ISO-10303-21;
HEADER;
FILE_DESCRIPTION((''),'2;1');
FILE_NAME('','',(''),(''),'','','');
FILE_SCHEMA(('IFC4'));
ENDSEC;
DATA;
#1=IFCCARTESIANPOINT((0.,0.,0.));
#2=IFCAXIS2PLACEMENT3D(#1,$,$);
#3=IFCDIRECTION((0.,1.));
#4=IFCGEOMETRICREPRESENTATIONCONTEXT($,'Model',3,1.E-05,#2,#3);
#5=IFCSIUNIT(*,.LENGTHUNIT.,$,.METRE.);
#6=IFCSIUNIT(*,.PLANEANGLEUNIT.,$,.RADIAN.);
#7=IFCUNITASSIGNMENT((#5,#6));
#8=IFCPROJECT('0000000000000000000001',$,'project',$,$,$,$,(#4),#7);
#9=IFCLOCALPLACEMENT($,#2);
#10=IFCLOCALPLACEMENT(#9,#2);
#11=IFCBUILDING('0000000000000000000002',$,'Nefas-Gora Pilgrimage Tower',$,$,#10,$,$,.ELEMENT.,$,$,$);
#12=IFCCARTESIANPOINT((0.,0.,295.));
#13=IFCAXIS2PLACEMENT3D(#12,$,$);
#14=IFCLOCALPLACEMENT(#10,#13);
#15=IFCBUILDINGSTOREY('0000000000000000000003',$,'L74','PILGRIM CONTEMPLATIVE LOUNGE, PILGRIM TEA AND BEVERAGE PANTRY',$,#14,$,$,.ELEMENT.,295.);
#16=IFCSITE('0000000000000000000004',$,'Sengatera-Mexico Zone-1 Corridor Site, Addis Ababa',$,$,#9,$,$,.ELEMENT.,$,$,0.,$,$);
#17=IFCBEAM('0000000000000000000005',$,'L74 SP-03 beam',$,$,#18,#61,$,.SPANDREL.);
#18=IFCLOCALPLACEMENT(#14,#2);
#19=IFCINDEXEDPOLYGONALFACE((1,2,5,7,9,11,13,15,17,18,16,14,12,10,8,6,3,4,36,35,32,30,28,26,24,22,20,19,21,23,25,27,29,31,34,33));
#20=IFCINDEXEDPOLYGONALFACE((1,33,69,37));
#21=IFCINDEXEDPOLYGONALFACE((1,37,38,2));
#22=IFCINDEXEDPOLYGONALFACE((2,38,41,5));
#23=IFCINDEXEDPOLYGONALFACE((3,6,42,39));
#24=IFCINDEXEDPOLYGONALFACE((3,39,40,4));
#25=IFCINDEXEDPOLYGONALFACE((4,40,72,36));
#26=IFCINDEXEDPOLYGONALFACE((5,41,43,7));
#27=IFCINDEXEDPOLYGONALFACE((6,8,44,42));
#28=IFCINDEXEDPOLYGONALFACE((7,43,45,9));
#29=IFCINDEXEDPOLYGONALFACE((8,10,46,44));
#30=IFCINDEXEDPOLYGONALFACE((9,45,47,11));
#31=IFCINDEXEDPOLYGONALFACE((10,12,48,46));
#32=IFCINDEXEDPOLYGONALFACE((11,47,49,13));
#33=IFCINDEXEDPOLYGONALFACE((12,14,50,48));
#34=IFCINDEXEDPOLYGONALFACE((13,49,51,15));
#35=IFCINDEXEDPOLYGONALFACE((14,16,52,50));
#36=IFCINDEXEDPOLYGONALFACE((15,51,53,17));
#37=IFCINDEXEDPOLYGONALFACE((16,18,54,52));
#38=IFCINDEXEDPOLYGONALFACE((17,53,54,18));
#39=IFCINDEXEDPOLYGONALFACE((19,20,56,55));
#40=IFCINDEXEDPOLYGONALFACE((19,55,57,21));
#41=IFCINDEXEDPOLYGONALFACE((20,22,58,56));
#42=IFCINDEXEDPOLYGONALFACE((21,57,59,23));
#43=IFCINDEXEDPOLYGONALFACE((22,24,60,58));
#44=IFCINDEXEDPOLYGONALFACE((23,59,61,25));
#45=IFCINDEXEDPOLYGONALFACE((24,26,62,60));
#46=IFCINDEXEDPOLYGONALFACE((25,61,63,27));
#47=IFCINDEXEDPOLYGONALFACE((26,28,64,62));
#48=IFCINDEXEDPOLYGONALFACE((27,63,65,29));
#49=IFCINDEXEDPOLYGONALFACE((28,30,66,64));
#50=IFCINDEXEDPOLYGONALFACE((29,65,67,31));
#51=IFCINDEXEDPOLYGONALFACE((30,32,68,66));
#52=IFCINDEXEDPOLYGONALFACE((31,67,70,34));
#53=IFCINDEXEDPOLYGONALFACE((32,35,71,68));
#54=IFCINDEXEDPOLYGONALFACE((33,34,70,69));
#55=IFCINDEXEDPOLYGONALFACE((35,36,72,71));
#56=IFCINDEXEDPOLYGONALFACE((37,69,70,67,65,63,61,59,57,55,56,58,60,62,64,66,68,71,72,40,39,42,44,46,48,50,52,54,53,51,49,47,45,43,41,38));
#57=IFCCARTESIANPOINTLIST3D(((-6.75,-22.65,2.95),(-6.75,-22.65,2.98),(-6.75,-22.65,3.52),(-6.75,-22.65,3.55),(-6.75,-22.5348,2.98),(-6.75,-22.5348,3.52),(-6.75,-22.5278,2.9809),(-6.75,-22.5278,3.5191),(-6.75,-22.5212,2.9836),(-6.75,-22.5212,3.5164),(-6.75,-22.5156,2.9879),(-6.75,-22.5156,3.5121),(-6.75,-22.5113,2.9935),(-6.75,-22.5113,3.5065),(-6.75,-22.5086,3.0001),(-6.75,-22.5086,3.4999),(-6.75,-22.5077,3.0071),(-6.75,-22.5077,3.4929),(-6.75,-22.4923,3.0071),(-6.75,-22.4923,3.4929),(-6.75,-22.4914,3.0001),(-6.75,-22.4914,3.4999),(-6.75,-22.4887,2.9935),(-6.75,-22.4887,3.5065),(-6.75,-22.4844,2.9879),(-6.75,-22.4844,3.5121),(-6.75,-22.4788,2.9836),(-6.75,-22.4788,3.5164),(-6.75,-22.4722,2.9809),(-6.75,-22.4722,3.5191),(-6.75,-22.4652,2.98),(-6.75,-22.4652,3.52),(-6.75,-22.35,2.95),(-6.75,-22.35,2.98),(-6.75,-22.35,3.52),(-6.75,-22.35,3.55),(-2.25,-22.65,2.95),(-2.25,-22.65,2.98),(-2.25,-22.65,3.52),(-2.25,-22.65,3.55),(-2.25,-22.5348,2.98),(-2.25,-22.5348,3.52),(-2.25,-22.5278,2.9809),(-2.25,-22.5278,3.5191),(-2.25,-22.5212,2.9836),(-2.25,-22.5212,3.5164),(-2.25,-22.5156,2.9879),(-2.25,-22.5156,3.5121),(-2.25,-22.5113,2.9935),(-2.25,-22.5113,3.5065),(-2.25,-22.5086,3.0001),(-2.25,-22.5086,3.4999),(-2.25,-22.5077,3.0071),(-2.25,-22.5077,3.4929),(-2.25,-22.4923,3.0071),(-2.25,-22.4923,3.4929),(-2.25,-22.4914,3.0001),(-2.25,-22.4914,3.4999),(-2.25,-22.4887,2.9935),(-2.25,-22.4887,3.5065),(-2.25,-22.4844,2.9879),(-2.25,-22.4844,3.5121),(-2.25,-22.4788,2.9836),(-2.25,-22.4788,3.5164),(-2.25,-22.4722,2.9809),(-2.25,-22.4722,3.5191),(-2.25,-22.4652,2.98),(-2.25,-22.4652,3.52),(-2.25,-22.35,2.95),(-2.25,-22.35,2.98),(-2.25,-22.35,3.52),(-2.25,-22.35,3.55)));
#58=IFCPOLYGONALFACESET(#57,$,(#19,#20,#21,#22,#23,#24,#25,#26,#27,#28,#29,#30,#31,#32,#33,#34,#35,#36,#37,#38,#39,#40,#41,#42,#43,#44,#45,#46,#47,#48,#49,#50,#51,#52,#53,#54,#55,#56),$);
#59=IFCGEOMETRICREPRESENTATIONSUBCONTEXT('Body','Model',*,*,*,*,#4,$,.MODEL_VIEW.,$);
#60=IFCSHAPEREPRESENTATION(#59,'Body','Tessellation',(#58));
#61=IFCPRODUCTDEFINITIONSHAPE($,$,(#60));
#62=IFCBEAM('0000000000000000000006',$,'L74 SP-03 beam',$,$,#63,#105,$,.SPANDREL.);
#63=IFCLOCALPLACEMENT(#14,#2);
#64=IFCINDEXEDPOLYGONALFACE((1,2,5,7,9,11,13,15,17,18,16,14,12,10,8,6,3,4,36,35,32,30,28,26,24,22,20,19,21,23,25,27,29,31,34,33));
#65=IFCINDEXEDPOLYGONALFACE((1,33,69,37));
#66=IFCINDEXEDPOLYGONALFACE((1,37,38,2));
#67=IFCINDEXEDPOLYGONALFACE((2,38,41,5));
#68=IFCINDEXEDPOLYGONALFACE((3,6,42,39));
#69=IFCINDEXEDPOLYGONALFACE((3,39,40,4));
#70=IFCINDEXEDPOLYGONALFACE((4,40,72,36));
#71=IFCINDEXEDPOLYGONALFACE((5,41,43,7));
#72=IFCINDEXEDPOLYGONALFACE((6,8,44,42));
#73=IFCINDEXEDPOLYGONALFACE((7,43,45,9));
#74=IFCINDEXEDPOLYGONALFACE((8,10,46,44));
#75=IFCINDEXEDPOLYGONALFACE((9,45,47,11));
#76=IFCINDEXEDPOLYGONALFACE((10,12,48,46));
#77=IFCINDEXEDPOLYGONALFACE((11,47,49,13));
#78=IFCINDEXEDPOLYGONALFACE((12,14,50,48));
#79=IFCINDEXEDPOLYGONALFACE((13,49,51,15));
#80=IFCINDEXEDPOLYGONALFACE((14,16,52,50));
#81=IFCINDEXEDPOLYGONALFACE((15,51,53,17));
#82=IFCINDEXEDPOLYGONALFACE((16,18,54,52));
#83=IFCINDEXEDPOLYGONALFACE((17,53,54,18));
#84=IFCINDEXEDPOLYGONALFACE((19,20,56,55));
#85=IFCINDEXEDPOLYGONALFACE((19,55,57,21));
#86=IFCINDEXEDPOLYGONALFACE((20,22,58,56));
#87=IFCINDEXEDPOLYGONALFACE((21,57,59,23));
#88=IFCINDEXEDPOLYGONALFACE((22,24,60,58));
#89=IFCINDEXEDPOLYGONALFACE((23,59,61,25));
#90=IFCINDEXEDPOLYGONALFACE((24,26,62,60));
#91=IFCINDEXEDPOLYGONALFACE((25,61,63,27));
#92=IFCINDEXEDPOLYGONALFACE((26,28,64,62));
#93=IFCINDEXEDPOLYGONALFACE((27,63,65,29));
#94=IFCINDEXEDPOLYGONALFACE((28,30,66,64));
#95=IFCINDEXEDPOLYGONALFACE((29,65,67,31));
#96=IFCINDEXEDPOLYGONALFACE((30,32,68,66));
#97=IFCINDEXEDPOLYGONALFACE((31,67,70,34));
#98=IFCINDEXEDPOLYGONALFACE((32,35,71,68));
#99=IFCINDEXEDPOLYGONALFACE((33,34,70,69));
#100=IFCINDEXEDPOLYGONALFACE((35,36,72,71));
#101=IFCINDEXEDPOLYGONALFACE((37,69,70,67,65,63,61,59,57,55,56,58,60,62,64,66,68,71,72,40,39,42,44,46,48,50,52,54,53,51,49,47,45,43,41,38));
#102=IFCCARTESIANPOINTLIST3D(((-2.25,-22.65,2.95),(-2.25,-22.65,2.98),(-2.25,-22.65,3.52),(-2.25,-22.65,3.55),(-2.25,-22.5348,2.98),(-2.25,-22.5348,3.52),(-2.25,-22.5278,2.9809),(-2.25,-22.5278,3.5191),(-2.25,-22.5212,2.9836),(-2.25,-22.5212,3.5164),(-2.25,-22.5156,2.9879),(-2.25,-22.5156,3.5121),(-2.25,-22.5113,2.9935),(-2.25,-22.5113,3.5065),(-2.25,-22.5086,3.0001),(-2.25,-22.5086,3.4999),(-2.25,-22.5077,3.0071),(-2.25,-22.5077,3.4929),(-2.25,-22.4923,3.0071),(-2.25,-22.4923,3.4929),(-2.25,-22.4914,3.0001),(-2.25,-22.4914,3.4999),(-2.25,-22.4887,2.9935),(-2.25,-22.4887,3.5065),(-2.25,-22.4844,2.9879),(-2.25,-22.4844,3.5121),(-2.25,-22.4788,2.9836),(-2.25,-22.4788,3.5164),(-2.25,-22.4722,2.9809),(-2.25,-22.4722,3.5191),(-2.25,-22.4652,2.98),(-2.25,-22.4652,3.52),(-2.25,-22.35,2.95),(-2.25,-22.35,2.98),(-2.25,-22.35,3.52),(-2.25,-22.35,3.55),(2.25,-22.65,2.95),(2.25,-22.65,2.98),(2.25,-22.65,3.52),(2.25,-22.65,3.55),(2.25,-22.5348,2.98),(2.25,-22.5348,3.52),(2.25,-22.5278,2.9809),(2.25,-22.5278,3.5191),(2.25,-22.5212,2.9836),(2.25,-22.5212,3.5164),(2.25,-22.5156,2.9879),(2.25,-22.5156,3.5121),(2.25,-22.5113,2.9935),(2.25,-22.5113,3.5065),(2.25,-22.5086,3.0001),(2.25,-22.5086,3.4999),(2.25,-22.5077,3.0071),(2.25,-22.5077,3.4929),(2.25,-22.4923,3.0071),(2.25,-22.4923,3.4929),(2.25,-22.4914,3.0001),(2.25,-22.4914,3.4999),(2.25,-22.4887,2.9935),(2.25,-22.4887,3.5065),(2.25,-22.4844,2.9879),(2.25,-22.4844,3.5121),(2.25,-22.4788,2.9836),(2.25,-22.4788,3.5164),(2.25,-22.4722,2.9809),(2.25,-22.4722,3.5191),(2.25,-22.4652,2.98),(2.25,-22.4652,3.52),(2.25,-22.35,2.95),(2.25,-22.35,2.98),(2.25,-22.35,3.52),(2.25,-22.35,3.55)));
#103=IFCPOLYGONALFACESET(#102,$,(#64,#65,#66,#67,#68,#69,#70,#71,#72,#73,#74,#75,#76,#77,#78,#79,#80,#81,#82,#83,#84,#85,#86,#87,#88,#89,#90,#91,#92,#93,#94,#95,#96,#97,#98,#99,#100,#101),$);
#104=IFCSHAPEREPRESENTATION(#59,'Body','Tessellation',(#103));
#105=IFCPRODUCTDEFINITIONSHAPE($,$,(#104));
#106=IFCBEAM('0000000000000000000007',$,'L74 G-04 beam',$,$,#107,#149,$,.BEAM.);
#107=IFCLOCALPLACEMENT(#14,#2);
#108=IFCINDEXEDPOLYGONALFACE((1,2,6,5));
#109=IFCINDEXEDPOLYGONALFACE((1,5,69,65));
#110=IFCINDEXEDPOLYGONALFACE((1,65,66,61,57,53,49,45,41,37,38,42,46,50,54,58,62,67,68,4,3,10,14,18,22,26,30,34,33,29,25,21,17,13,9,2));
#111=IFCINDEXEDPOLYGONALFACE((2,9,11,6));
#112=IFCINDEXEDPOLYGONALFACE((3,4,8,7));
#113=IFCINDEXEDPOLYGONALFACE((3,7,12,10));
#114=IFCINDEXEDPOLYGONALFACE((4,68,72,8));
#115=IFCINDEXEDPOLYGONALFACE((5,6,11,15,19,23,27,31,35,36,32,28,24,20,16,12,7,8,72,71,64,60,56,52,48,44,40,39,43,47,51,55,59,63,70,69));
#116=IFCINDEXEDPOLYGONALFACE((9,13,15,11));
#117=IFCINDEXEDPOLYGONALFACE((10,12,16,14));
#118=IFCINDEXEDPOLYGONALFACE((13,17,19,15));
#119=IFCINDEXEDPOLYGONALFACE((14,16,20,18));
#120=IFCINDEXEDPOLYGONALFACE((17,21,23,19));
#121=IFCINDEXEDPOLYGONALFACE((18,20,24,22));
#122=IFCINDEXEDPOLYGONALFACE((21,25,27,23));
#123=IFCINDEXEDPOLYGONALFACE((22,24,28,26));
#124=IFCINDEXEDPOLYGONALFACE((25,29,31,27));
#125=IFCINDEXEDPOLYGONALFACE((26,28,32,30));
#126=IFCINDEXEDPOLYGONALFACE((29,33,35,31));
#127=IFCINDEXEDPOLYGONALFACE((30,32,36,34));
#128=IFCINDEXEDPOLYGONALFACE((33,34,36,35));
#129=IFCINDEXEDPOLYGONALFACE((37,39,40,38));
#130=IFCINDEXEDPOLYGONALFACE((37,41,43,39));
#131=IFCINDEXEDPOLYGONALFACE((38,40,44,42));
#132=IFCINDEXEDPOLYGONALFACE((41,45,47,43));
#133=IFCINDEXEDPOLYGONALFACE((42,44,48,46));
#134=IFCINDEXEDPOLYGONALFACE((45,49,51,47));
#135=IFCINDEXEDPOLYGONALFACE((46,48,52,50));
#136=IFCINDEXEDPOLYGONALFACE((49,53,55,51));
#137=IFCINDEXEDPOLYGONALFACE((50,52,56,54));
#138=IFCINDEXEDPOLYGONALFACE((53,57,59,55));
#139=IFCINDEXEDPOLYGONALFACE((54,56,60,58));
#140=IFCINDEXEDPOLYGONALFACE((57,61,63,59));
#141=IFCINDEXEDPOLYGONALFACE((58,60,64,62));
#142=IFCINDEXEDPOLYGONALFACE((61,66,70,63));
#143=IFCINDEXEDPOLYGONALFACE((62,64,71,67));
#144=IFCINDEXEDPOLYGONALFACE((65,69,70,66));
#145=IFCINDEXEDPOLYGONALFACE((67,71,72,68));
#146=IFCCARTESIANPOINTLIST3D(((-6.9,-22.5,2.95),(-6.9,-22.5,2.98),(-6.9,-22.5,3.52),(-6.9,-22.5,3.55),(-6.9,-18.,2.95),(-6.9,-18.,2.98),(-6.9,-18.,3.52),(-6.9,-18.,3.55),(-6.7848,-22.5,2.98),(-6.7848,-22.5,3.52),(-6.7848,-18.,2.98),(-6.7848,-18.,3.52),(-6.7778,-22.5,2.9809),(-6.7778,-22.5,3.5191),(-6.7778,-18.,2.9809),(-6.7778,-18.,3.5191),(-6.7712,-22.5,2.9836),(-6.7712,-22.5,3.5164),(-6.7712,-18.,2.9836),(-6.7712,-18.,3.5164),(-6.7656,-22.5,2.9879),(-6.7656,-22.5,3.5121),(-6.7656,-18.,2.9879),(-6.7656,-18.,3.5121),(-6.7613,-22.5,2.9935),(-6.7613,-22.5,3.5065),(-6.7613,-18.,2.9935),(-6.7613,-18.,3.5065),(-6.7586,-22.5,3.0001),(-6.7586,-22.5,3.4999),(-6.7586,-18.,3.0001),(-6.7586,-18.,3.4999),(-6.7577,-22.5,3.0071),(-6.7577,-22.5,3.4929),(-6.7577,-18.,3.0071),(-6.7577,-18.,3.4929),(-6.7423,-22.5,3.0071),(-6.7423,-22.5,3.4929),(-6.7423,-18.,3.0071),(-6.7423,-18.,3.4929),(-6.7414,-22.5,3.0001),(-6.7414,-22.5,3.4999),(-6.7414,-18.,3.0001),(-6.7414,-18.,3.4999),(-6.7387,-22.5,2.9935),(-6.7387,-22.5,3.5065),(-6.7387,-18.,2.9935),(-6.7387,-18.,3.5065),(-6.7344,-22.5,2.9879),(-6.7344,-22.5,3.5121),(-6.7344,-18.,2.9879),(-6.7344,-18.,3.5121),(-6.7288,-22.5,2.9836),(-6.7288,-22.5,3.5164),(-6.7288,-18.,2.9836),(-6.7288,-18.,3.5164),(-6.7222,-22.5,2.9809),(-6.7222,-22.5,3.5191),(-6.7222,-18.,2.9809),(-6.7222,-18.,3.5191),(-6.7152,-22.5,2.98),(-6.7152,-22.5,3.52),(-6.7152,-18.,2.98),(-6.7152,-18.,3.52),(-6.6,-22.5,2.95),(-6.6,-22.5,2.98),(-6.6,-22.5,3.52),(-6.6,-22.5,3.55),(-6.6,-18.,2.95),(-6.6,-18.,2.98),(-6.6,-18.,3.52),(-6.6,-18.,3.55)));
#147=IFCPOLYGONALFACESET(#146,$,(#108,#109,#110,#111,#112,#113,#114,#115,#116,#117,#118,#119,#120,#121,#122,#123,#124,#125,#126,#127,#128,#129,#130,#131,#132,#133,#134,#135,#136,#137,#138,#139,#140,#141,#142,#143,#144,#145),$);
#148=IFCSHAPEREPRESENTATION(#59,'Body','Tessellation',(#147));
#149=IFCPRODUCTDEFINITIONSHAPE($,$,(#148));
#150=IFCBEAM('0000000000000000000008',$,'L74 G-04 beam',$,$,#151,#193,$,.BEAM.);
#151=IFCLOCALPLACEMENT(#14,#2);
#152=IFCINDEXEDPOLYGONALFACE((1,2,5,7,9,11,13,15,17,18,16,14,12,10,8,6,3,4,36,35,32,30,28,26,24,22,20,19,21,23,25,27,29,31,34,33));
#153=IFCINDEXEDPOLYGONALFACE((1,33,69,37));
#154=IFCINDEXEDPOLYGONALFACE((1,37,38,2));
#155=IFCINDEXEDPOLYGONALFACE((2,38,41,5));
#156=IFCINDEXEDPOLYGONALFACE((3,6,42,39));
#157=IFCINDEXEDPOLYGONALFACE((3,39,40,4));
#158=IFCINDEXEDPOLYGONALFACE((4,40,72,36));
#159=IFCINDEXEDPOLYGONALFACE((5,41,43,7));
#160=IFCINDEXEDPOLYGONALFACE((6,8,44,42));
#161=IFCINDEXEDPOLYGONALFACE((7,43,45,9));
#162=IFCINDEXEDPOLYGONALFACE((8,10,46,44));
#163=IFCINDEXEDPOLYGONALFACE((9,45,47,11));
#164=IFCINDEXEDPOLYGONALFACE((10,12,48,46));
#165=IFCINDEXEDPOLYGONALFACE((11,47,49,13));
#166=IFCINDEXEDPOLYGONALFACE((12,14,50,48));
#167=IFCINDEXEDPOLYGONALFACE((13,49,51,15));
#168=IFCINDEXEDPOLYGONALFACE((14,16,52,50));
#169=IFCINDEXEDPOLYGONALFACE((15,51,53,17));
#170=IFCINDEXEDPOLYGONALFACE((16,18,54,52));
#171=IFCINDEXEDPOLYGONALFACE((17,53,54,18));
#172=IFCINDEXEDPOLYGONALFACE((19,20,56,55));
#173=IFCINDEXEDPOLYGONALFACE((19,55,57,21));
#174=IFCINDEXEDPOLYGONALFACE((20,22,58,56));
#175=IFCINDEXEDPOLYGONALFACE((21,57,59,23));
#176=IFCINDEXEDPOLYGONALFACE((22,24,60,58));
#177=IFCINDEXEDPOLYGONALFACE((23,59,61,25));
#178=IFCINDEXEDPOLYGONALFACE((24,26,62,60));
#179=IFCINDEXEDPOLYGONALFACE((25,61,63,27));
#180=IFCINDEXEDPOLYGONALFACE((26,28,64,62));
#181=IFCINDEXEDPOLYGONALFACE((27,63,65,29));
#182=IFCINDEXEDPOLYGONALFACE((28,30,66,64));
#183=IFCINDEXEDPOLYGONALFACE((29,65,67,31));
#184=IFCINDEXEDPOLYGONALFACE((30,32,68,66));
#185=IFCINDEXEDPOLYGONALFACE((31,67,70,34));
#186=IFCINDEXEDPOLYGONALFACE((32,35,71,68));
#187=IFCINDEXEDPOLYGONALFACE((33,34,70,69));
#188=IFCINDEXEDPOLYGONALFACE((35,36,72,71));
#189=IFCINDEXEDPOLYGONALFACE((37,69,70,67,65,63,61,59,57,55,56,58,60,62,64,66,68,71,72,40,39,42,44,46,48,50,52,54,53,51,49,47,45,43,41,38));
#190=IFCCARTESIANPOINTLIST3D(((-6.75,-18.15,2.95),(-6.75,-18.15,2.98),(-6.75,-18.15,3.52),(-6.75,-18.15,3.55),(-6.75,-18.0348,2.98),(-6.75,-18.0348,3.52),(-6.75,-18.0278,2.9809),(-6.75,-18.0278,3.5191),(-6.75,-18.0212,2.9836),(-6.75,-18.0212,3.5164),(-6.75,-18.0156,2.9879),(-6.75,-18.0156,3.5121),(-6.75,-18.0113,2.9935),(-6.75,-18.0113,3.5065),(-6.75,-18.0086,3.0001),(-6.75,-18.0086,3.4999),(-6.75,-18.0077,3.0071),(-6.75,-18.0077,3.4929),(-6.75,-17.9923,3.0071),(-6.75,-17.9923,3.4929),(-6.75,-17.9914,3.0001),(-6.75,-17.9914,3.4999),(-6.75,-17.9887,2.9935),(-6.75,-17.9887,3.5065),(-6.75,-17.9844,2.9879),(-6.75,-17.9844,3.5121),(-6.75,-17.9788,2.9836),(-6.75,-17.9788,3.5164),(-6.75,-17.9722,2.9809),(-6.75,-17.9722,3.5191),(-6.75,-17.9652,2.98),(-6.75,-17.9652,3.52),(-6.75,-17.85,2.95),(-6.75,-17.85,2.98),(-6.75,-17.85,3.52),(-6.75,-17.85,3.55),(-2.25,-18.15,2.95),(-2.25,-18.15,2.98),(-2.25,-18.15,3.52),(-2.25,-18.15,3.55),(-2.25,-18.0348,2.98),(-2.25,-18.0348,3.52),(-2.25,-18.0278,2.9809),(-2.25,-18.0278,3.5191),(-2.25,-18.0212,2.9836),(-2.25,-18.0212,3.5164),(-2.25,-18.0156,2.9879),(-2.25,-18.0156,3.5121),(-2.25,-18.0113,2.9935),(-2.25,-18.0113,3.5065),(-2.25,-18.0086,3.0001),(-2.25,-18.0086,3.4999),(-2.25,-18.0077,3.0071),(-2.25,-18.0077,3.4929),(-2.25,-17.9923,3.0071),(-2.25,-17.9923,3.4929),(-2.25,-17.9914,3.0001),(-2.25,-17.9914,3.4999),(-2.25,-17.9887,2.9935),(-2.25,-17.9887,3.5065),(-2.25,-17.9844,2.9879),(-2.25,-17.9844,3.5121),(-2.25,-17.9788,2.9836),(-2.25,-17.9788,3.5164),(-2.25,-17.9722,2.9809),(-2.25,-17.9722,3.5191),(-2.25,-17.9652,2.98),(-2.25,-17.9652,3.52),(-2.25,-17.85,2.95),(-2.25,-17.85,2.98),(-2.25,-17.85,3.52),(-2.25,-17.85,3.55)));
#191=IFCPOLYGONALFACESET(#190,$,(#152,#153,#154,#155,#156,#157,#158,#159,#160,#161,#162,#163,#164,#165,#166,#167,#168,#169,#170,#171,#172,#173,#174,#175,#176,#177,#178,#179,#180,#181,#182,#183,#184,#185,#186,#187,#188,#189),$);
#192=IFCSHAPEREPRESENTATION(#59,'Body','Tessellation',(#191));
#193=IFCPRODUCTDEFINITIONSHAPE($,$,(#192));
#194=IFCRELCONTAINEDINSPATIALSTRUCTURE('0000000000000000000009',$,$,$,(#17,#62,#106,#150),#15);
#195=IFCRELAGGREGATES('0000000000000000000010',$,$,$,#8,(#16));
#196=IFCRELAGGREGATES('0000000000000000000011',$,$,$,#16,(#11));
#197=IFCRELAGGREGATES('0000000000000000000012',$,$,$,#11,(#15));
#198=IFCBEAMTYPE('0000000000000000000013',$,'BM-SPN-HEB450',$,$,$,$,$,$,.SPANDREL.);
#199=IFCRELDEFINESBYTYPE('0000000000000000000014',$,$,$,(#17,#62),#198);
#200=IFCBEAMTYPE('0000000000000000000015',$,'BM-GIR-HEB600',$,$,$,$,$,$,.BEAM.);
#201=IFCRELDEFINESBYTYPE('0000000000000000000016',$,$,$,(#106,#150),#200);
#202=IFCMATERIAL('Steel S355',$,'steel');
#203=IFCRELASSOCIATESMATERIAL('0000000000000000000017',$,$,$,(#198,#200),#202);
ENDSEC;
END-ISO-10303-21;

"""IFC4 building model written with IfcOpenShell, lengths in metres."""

from ifc_helpers import new_model, si_unit, direction, frame, origin, origin_2d, place, context, subcontext, project, spatial, i_section, extrude, source, transform, mapped, material, material_profile, profile_set, type_object, element, save


model = new_model("IFC4")

# Units and contexts
model_context = context("Model", 3, precision=1e-05, world=origin(), true_north=direction((0.0, 1.0)))
body_context = subcontext(model_context, "Body", "Model", "MODEL_VIEW")
ifc_project = project(units=[si_unit("LENGTHUNIT", "METRE"), si_unit("PLANEANGLEUNIT", "RADIAN")], contexts=[model_context])

# Site, building, storey
site_placement = place(None, origin())
site = spatial("IfcSite", under=ifc_project, at=site_placement, Name="Sengatera-Mexico Zone-1 Corridor Site, Addis Ababa", CompositionType="ELEMENT", RefElevation=0.0)
building_placement = place(site_placement, origin())
building = spatial("IfcBuilding", under=site, at=building_placement, Name="Nefas-Gora Pilgrimage Tower", CompositionType="ELEMENT")
storey_placement = place(building_placement, frame((0.0, 0.0, 295.0)))
storey = spatial("IfcBuildingStorey", under=building, at=storey_placement, Name="L74", Description="PILGRIM CONTEMPLATIVE LOUNGE, PILGRIM TEA AND BEVERAGE PANTRY", CompositionType="ELEMENT", Elevation=295.0)

# Shared definitions
ifc_material_1 = material(Name="Steel S355", Category="steel")

# Beams
ifc_material_profile_1 = material_profile(ifc_material_1, i_section(OverallWidth=0.3, OverallDepth=0.6001, WebThickness=0.0154, FlangeThickness=0.03, FilletRadius=0.0271, at=origin_2d()), Name="HEB 600")
ifc_profile_set_1 = profile_set([ifc_material_profile_1], Name="Steel S355")
beam_type_1 = type_object("IfcBeamType", Name="BM-SPN-HEB450", PredefinedType="SPANDREL", material=ifc_profile_set_1)
shared_shape_1 = source(origin(), body_context, "Body", "SweptSolid", [
    extrude(i_section(OverallWidth=0.3, OverallDepth=0.6001, WebThickness=0.0154, FlangeThickness=0.03, FilletRadius=0.0271, at=origin_2d()), origin(), (0.0, 0.0, 1.0), 4.5),
])
for number, where, z_axis, x_axis, name in (
    (1, (-6.75, -22.5, 3.25), (1.0, 0.0, 0.0), (0.0, 1.0, 0.0), "L74 SP-03 beam"),
    (2, (-2.25, -22.5, 3.25), (1.0, 0.0, 0.0), (0.0, 1.0, 0.0), "L74 SP-03 beam"),
):
    element("IfcBeam", number, at=place(storey_placement, frame(where, z_axis=z_axis, x_axis=x_axis)), inside=storey, type_object=beam_type_1, Name=name, PredefinedType="SPANDREL", context=body_context, shape_type="MappedRepresentation", body=[
        mapped(shared_shape_1, transform((0.0, 0.0, 0.0), x_axis=(1.0, 0.0, 0.0), y_axis=(0.0, 1.0, 0.0), z_axis=(0.0, 0.0, 1.0), scale=1.0)),
    ])
ifc_material_profile_2 = material_profile(ifc_material_1, i_section(OverallWidth=0.3, OverallDepth=0.6001, WebThickness=0.0154, FlangeThickness=0.03, FilletRadius=0.0271, at=origin_2d()), Name="HEB 600")
ifc_profile_set_2 = profile_set([ifc_material_profile_2], Name="Steel S355")
beam_type_2 = type_object("IfcBeamType", Name="BM-GIR-HEB600", PredefinedType="BEAM", material=ifc_profile_set_2)
shared_shape_2 = source(origin(), body_context, "Body", "SweptSolid", [
    extrude(i_section(OverallWidth=0.3, OverallDepth=0.6001, WebThickness=0.0154, FlangeThickness=0.03, FilletRadius=0.0271, at=origin_2d()), origin(), (0.0, 0.0, 1.0), 4.5),
])
for number, where, z_axis, x_axis, name in (
    (3, (-6.75, -22.5, 3.25), (0.0, 1.0, 0.0), (-1.0, 0.0, 0.0), "L74 G-04 beam"),
    (4, (-6.75, -18.0, 3.25), (1.0, 0.0, 0.0), (0.0, 1.0, 0.0), "L74 G-04 beam"),
):
    element("IfcBeam", number, at=place(storey_placement, frame(where, z_axis=z_axis, x_axis=x_axis)), inside=storey, type_object=beam_type_2, Name=name, PredefinedType="BEAM", context=body_context, shape_type="MappedRepresentation", body=[
        mapped(shared_shape_2, transform((0.0, 0.0, 0.0), x_axis=(1.0, 0.0, 0.0), y_axis=(0.0, 1.0, 0.0), z_axis=(0.0, 0.0, 1.0), scale=1.0)),
    ])

save(model, "model.ifc")
